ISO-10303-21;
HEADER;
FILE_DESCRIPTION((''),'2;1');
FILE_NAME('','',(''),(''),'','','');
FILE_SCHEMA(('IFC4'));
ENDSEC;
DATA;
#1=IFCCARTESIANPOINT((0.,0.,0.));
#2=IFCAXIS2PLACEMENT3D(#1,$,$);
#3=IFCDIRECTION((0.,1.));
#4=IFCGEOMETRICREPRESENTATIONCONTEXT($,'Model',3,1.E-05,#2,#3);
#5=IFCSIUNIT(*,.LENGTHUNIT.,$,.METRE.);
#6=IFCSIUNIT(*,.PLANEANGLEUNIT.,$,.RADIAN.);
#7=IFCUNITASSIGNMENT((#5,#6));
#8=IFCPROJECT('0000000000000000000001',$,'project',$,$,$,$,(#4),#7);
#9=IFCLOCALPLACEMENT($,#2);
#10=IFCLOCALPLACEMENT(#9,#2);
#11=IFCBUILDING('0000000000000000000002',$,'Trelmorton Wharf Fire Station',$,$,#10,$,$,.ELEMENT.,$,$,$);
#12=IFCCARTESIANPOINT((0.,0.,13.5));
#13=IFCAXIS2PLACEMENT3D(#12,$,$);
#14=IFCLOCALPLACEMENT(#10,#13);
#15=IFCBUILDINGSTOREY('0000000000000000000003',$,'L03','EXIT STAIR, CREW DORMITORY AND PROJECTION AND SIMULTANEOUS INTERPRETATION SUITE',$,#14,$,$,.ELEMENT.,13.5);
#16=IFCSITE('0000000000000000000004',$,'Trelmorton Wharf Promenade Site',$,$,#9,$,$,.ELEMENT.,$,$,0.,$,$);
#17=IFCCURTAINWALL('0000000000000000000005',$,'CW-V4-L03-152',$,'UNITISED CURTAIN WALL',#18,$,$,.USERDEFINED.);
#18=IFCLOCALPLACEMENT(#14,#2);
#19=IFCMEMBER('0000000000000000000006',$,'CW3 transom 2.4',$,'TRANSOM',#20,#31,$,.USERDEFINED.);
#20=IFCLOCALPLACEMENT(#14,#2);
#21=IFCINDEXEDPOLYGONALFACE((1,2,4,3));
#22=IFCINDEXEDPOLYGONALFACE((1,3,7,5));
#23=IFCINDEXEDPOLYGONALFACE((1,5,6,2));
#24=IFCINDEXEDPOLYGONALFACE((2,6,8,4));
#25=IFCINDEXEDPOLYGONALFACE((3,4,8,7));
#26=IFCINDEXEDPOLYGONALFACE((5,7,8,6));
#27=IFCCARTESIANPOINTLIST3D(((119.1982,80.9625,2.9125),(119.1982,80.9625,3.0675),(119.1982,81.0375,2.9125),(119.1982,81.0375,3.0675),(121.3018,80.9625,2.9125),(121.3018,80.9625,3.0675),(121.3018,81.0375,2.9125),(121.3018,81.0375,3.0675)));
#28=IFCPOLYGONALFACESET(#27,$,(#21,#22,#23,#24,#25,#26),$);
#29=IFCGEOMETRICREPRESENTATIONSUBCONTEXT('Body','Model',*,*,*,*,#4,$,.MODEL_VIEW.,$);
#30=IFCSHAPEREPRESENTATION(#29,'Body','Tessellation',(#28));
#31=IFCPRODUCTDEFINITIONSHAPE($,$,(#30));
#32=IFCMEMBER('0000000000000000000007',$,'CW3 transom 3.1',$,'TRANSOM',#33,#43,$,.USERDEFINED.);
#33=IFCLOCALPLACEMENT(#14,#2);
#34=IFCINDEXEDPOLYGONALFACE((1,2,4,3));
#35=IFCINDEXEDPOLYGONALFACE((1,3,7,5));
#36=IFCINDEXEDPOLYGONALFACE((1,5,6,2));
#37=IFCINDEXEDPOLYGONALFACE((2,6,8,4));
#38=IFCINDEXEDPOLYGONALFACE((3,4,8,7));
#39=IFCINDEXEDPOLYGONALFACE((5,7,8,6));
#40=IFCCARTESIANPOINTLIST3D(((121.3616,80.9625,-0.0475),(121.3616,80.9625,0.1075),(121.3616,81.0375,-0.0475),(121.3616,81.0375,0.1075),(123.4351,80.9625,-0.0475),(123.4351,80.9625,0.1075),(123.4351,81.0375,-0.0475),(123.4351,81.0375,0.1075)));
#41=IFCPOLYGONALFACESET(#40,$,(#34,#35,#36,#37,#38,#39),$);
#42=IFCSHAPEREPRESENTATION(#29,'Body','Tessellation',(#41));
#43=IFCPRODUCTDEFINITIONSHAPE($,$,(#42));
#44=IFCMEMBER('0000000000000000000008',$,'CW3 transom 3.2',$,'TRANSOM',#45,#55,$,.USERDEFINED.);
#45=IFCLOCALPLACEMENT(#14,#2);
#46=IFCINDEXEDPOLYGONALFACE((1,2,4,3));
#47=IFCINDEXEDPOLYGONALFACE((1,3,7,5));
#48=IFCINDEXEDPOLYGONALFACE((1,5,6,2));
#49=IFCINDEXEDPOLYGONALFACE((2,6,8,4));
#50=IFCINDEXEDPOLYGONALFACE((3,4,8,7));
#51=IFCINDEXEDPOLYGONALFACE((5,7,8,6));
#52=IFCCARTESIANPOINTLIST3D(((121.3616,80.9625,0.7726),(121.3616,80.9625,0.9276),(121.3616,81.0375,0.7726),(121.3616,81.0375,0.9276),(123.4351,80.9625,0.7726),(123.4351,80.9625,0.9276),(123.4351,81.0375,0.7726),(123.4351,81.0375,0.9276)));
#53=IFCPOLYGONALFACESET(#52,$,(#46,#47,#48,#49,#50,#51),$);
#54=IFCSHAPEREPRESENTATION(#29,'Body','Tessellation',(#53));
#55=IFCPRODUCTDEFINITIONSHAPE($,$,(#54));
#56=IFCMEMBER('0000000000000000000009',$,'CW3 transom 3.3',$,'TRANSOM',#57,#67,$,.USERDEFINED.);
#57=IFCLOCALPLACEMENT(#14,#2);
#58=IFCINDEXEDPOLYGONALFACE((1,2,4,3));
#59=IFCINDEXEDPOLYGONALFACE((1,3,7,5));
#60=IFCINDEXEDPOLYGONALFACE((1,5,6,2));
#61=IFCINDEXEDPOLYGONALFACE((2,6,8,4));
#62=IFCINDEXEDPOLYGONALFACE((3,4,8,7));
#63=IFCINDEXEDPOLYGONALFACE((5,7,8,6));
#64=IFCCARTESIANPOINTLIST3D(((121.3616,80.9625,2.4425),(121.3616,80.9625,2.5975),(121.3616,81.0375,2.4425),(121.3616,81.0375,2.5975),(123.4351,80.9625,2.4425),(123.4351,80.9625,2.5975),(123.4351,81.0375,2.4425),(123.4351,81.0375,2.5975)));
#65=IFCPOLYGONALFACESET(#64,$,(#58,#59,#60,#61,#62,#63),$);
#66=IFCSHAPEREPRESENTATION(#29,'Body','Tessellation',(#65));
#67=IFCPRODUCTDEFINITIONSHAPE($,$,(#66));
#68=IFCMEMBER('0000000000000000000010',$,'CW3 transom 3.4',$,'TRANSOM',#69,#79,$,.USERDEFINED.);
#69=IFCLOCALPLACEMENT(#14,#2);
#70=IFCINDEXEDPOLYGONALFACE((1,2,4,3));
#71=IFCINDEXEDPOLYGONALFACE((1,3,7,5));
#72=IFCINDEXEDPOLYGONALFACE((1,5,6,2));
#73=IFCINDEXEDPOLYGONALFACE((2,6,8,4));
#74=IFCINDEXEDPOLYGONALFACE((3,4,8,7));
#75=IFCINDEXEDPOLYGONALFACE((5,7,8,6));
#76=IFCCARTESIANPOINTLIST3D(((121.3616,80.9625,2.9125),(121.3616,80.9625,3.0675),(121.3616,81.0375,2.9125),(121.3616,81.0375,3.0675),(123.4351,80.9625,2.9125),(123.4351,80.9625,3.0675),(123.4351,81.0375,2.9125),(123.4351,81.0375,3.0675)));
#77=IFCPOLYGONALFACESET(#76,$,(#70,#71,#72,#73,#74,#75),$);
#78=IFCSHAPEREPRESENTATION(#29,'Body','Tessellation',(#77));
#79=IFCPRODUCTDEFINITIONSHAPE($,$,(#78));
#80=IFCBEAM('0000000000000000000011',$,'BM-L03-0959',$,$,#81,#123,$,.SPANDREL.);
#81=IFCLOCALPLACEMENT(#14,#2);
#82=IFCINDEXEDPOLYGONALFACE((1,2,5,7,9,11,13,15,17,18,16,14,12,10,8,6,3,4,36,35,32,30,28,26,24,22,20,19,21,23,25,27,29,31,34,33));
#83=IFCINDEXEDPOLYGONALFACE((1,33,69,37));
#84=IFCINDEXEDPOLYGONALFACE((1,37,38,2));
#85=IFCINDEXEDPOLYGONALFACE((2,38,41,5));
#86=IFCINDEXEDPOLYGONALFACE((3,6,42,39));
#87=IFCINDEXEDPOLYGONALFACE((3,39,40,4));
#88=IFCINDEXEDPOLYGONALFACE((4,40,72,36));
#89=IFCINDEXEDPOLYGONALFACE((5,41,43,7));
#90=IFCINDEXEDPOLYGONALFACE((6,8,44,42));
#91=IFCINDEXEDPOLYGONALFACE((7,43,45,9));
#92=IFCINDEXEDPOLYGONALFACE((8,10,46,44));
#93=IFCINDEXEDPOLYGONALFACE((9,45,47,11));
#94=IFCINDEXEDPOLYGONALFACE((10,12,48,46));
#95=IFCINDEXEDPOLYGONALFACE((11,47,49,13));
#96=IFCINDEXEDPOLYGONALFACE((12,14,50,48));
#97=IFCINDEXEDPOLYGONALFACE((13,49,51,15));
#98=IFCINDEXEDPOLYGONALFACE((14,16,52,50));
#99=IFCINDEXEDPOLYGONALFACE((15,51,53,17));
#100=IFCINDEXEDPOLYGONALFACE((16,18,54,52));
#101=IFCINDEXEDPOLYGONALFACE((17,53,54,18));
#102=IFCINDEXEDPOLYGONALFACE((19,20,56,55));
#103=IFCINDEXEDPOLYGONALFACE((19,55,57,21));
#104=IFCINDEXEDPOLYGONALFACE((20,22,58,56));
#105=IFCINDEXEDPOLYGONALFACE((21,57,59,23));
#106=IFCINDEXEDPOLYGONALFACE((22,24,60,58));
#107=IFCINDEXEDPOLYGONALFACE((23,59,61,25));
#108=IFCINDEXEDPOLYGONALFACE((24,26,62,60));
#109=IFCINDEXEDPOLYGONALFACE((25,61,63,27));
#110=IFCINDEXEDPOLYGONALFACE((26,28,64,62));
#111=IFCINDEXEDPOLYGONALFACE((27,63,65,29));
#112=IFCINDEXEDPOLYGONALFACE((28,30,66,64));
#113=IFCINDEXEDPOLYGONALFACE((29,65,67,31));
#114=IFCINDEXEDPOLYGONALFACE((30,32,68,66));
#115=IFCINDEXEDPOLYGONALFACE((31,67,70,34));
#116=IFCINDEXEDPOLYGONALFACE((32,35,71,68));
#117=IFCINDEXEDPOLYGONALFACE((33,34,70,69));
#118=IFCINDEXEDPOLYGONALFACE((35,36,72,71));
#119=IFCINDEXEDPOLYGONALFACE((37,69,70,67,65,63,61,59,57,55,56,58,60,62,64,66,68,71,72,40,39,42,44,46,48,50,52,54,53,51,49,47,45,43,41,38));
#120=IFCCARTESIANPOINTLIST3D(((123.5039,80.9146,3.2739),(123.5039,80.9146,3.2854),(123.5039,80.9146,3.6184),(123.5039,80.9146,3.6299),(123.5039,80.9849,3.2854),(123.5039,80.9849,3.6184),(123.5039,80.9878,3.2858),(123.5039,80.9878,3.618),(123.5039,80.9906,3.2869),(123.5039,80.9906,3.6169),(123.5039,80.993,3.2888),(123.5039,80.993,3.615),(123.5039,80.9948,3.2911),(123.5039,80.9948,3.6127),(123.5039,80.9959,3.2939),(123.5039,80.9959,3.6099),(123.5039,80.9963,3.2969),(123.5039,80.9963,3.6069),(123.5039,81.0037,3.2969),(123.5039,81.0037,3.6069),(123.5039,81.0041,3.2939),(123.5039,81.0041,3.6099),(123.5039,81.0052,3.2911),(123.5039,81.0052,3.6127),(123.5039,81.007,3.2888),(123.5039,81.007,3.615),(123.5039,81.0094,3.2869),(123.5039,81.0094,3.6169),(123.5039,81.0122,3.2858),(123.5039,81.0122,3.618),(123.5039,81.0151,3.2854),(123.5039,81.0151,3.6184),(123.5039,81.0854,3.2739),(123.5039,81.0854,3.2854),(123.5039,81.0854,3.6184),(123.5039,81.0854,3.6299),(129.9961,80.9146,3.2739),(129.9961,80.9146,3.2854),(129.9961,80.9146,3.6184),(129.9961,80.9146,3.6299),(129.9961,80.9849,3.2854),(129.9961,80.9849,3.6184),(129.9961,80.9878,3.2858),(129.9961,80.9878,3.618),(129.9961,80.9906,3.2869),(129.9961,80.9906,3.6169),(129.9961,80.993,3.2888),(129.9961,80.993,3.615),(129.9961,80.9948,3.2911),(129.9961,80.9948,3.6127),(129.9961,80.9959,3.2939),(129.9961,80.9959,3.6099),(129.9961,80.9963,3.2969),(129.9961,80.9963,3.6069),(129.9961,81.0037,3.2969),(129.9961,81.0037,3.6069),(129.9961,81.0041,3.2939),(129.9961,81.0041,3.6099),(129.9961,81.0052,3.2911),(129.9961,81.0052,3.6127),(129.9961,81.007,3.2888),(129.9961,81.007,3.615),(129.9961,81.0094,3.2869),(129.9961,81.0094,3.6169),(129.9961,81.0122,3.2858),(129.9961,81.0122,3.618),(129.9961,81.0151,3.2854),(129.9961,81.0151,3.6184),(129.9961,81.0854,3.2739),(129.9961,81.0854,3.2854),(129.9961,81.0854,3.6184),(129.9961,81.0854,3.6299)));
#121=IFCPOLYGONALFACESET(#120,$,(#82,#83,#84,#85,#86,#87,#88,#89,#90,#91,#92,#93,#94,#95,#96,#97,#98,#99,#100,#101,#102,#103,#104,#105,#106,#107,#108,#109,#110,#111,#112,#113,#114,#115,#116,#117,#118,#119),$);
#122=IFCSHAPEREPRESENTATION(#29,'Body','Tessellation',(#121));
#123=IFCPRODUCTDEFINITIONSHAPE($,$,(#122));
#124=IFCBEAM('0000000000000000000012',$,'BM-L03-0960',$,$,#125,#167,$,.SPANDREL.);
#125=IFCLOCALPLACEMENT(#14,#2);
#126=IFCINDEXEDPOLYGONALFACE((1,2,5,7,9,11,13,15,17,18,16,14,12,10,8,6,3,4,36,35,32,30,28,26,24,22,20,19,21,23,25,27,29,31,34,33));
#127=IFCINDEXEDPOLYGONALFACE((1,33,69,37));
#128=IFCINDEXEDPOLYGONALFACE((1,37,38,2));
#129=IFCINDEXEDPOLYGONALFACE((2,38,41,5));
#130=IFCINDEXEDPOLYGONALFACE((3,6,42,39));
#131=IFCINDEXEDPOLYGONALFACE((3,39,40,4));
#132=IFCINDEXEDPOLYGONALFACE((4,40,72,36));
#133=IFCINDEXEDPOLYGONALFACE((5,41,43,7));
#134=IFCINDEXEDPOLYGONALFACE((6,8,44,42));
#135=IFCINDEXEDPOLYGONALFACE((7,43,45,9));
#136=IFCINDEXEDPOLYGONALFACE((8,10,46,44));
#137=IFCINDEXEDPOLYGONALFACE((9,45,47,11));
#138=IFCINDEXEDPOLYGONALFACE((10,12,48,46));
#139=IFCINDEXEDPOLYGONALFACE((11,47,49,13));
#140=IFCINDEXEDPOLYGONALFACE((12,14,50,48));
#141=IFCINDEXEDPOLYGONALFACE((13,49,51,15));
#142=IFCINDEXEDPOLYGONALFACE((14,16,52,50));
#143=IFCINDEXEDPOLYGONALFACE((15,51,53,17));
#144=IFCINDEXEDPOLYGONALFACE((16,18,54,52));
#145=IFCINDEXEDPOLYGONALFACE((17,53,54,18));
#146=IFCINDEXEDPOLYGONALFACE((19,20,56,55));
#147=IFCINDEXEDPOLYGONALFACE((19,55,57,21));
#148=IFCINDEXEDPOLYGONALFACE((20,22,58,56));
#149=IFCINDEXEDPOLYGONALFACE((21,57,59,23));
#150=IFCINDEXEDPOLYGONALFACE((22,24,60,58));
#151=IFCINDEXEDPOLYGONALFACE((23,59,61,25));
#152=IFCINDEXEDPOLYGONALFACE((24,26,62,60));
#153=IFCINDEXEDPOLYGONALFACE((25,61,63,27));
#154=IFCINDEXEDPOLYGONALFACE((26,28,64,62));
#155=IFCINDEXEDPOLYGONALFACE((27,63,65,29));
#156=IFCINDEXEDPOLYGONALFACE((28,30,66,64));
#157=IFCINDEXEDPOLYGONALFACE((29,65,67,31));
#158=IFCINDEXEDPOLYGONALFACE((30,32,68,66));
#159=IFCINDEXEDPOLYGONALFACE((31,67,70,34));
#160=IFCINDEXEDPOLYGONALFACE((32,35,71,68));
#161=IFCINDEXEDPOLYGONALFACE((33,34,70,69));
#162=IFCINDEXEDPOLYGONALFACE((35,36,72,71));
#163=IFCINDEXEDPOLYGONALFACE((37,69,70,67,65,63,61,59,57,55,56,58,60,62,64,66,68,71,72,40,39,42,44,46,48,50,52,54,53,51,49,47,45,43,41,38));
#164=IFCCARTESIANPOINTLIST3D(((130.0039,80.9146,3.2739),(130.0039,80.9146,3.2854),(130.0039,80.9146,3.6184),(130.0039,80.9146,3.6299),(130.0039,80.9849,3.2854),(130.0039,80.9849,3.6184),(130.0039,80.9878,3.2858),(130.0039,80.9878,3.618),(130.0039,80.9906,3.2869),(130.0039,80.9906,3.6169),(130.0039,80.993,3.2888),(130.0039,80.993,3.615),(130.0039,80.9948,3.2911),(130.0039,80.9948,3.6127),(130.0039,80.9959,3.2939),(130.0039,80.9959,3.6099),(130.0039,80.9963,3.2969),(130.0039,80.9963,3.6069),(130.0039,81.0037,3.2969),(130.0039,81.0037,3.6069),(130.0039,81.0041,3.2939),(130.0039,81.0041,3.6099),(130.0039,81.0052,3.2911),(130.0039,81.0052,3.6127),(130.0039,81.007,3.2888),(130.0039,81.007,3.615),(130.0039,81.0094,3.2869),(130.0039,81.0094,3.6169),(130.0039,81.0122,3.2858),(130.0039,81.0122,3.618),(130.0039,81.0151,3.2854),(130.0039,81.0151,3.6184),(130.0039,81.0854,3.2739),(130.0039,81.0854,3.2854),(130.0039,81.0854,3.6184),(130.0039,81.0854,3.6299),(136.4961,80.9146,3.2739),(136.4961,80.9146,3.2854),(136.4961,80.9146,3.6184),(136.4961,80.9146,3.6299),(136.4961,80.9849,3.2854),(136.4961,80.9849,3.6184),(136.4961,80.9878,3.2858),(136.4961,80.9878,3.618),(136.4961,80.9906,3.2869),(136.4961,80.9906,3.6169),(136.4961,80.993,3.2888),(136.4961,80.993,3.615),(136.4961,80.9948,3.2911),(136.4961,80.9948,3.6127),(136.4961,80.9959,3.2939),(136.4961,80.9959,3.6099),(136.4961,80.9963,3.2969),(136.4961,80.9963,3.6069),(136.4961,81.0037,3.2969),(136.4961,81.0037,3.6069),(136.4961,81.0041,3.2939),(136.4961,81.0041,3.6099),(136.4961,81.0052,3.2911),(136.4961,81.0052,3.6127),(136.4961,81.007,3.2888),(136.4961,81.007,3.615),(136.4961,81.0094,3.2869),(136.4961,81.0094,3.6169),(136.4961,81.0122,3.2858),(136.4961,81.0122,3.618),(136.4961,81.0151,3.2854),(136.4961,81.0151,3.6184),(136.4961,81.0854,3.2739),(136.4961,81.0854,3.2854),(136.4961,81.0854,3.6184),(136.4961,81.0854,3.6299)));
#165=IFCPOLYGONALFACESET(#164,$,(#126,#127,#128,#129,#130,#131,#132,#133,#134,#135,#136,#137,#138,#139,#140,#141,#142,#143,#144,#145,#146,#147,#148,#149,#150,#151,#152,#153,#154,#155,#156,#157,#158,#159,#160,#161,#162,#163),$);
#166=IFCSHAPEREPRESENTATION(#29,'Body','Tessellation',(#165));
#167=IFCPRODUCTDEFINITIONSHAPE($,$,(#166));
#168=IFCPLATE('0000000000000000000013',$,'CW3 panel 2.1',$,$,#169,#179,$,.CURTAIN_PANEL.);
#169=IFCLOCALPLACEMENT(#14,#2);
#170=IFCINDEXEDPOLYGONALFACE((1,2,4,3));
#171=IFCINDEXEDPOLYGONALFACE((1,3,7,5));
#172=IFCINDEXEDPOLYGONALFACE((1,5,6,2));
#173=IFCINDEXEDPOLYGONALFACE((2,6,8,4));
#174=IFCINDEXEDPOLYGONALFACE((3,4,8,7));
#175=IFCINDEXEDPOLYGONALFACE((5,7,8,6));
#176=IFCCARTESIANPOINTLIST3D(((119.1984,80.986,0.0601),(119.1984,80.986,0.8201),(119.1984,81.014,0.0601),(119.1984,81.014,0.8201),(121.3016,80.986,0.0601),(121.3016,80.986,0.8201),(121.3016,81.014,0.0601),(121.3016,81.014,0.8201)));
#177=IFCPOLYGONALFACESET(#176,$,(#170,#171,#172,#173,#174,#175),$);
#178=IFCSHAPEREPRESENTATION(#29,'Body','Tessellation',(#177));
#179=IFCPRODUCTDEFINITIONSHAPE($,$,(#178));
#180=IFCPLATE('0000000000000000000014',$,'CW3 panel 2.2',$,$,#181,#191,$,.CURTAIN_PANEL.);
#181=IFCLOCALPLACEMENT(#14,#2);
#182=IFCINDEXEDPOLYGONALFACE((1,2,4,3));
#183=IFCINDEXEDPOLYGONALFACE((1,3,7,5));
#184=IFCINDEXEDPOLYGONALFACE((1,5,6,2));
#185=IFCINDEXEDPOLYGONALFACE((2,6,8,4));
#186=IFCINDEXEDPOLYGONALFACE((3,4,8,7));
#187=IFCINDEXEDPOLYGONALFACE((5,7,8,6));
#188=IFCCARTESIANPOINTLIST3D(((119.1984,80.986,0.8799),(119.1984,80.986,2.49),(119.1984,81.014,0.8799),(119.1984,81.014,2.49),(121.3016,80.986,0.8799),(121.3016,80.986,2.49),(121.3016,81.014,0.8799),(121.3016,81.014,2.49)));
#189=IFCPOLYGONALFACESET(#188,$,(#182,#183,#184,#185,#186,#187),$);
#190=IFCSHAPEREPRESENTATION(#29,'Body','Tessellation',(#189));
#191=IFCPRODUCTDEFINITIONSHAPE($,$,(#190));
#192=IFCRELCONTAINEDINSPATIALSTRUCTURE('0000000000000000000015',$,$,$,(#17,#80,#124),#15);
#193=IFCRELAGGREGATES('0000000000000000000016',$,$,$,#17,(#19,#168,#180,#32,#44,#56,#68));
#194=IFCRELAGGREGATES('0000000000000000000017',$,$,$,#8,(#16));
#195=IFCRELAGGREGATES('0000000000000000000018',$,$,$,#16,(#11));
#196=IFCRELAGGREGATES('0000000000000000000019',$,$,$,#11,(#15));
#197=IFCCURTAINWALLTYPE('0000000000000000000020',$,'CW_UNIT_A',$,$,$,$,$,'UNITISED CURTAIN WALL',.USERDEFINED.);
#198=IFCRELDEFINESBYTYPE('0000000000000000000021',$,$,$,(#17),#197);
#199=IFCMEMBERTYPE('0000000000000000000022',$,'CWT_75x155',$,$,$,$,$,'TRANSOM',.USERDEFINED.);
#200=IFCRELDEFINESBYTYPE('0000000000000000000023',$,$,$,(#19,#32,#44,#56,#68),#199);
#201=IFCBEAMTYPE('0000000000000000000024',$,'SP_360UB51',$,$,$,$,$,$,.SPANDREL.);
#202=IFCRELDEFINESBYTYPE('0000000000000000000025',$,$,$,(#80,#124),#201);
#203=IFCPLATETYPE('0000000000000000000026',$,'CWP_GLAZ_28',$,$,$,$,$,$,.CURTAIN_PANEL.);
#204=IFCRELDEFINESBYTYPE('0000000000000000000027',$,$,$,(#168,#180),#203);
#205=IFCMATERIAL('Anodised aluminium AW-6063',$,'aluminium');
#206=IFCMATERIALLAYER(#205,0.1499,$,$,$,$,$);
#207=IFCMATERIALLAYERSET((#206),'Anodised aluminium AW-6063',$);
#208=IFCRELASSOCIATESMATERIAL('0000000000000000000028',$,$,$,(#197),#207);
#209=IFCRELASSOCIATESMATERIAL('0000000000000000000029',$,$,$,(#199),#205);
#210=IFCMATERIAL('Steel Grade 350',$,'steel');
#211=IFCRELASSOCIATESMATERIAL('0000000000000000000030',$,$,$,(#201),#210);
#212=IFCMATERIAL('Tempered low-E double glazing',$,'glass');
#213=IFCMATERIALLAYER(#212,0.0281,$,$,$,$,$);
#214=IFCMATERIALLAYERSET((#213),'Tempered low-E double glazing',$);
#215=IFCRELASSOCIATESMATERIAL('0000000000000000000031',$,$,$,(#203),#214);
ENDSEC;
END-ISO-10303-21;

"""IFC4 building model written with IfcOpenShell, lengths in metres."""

from ifc_helpers import new_model, si_unit, direction, frame, origin, origin_2d, place, context, subcontext, project, spatial, rectangle, i_section, extrude, material, layer, layer_set, material_profile, profile_set, type_object, element, aggregate, save


model = new_model("IFC4")

# Units and contexts
model_context = context("Model", 3, precision=1e-05, world=origin(), true_north=direction((0.0, 1.0)))
body_context = subcontext(model_context, "Body", "Model", "MODEL_VIEW")
ifc_project = project(units=[si_unit("LENGTHUNIT", "METRE"), si_unit("PLANEANGLEUNIT", "RADIAN")], contexts=[model_context])

# Site, building, storey
site_placement = place(None, origin())
site = spatial("IfcSite", under=ifc_project, at=site_placement, Name="Trelmorton Wharf Promenade Site", CompositionType="ELEMENT", RefElevation=0.0)
building_placement = place(site_placement, origin())
building = spatial("IfcBuilding", under=site, at=building_placement, Name="Trelmorton Wharf Fire Station", CompositionType="ELEMENT")
storey_placement = place(building_placement, frame((0.0, 0.0, 13.5)))
storey = spatial("IfcBuildingStorey", under=building, at=storey_placement, Name="L03", Description="EXIT STAIR, CREW DORMITORY AND PROJECTION AND SIMULTANEOUS INTERPRETATION SUITE", CompositionType="ELEMENT", Elevation=13.5)

# Shared definitions
ifc_material_1 = material(Name="Steel Grade 350", Category="steel")

# Shared definitions
ifc_material_2 = material(Name="Anodised aluminium AW-6063", Category="aluminium")
ifc_layer_1 = layer(ifc_material_2, 0.1499)
ifc_layer_set_1 = layer_set([ifc_layer_1], Name="Anodised aluminium AW-6063")
curtain_wall_type = type_object("IfcCurtainWallType", Name="CW_UNIT_A", ElementType="UNITISED CURTAIN WALL", PredefinedType="USERDEFINED", material=ifc_layer_set_1)

# Curtain wall
curtain_wall_1_placement = place(storey_placement, origin())
curtain_wall_1 = element("IfcCurtainWall", 1, at=curtain_wall_1_placement, inside=storey, type_object=curtain_wall_type, Name="CW-V4-L03-152", ObjectType="UNITISED CURTAIN WALL", PredefinedType="USERDEFINED")

# Members
ifc_material_profile_1 = material_profile(ifc_material_2, rectangle(XDim=0.075, YDim=0.155, at=origin_2d()), Name="ALU-75x155")
ifc_profile_set_1 = profile_set([ifc_material_profile_1], Name="Anodised aluminium AW-6063")
member_type_1 = type_object("IfcMemberType", Name="CWT_75x155", ElementType="TRANSOM", PredefinedType="USERDEFINED", material=ifc_profile_set_1)
member_1_placement = place(storey_placement, frame((119.1982, 81.0, 2.99), z_axis=(1.0, 0.0, 0.0), x_axis=(0.0, 1.0, 0.0)))
member_1 = element("IfcMember", 2, at=member_1_placement, type_object=member_type_1, Name="CW3 transom 2.4", ObjectType="TRANSOM", PredefinedType="USERDEFINED", context=body_context, shape_type="SweptSolid", body=[
    extrude(rectangle(XDim=0.075, YDim=0.155, at=origin_2d()), origin(), (0.0, 0.0, 1.0), 2.1035),
])
member_2_placement = place(storey_placement, frame((121.3616, 81.0, 0.03), z_axis=(1.0, 0.0, 0.0), x_axis=(0.0, 1.0, 0.0)))
member_2 = element("IfcMember", 3, at=member_2_placement, type_object=member_type_1, Name="CW3 transom 3.1", ObjectType="TRANSOM", PredefinedType="USERDEFINED", context=body_context, shape_type="SweptSolid", body=[
    extrude(rectangle(XDim=0.075, YDim=0.155, at=origin_2d()), origin(), (0.0, 0.0, 1.0), 2.0735),
])
member_3_placement = place(storey_placement, frame((121.3616, 81.0, 0.8501), z_axis=(1.0, 0.0, 0.0), x_axis=(0.0, 1.0, 0.0)))
member_3 = element("IfcMember", 4, at=member_3_placement, type_object=member_type_1, Name="CW3 transom 3.2", ObjectType="TRANSOM", PredefinedType="USERDEFINED", context=body_context, shape_type="SweptSolid", body=[
    extrude(rectangle(XDim=0.075, YDim=0.155, at=origin_2d()), origin(), (0.0, 0.0, 1.0), 2.0735),
])
member_4_placement = place(storey_placement, frame((121.3616, 81.0, 2.52), z_axis=(1.0, 0.0, 0.0), x_axis=(0.0, 1.0, 0.0)))
member_4 = element("IfcMember", 5, at=member_4_placement, type_object=member_type_1, Name="CW3 transom 3.3", ObjectType="TRANSOM", PredefinedType="USERDEFINED", context=body_context, shape_type="SweptSolid", body=[
    extrude(rectangle(XDim=0.075, YDim=0.155, at=origin_2d()), origin(), (0.0, 0.0, 1.0), 2.0735),
])
member_5_placement = place(storey_placement, frame((121.3616, 81.0, 2.99), z_axis=(1.0, 0.0, 0.0), x_axis=(0.0, 1.0, 0.0)))
member_5 = element("IfcMember", 6, at=member_5_placement, type_object=member_type_1, Name="CW3 transom 3.4", ObjectType="TRANSOM", PredefinedType="USERDEFINED", context=body_context, shape_type="SweptSolid", body=[
    extrude(rectangle(XDim=0.075, YDim=0.155, at=origin_2d()), origin(), (0.0, 0.0, 1.0), 2.0735),
])

# Beams
ifc_material_profile_2 = material_profile(ifc_material_1, i_section(OverallWidth=0.1709, OverallDepth=0.356, WebThickness=0.0073, FlangeThickness=0.0115, FilletRadius=0.0115, at=origin_2d()), Name="360UB50.7")
ifc_profile_set_2 = profile_set([ifc_material_profile_2], Name="Steel Grade 350")
beam_type = type_object("IfcBeamType", Name="SP_360UB51", PredefinedType="SPANDREL", material=ifc_profile_set_2)
for number, where, z_axis, x_axis, name in (
    (7, (123.5039, 81.0, 3.4519), (1.0, 0.0, 0.0), (0.0, 1.0, 0.0), "BM-L03-0959"),
    (8, (130.0039, 81.0, 3.4519), (1.0, 0.0, 0.0), (0.0, 1.0, 0.0), "BM-L03-0960"),
):
    element("IfcBeam", number, at=place(storey_placement, frame(where, z_axis=z_axis, x_axis=x_axis)), inside=storey, type_object=beam_type, Name=name, PredefinedType="SPANDREL", context=body_context, shape_type="SweptSolid", body=[
        extrude(i_section(OverallWidth=0.1709, OverallDepth=0.356, WebThickness=0.0073, FlangeThickness=0.0115, FilletRadius=0.0115, at=origin_2d()), origin(), (0.0, 0.0, 1.0), 6.4922),
    ])

# Plates
ifc_material_3 = material(Name="Tempered low-E double glazing", Category="glass")
ifc_layer_2 = layer(ifc_material_3, 0.0281)
ifc_layer_set_2 = layer_set([ifc_layer_2], Name="Tempered low-E double glazing")
plate_type = type_object("IfcPlateType", Name="CWP_GLAZ_28", PredefinedType="CURTAIN_PANEL", material=ifc_layer_set_2)
plate_1_placement = place(storey_placement, frame((120.25, 81.0, 0.0601), z_axis=(0.0, 0.0, 1.0), x_axis=(1.0, 0.0, 0.0)))
plate_1 = element("IfcPlate", 9, at=plate_1_placement, type_object=plate_type, Name="CW3 panel 2.1", PredefinedType="CURTAIN_PANEL", context=body_context, shape_type="SweptSolid", body=[
    extrude(rectangle(XDim=2.1033, YDim=0.0281, at=origin_2d()), origin(), (0.0, 0.0, 1.0), 0.76),
])
plate_2_placement = place(storey_placement, frame((120.25, 81.0, 0.8799), z_axis=(0.0, 0.0, 1.0), x_axis=(1.0, 0.0, 0.0)))
plate_2 = element("IfcPlate", 10, at=plate_2_placement, type_object=plate_type, Name="CW3 panel 2.2", PredefinedType="CURTAIN_PANEL", context=body_context, shape_type="SweptSolid", body=[
    extrude(rectangle(XDim=2.1033, YDim=0.0281, at=origin_2d()), origin(), (0.0, 0.0, 1.0), 1.6101),
])
aggregate(curtain_wall_1, [member_1, plate_1, plate_2, member_2, member_3, member_4, member_5])

save(model, "model.ifc")
